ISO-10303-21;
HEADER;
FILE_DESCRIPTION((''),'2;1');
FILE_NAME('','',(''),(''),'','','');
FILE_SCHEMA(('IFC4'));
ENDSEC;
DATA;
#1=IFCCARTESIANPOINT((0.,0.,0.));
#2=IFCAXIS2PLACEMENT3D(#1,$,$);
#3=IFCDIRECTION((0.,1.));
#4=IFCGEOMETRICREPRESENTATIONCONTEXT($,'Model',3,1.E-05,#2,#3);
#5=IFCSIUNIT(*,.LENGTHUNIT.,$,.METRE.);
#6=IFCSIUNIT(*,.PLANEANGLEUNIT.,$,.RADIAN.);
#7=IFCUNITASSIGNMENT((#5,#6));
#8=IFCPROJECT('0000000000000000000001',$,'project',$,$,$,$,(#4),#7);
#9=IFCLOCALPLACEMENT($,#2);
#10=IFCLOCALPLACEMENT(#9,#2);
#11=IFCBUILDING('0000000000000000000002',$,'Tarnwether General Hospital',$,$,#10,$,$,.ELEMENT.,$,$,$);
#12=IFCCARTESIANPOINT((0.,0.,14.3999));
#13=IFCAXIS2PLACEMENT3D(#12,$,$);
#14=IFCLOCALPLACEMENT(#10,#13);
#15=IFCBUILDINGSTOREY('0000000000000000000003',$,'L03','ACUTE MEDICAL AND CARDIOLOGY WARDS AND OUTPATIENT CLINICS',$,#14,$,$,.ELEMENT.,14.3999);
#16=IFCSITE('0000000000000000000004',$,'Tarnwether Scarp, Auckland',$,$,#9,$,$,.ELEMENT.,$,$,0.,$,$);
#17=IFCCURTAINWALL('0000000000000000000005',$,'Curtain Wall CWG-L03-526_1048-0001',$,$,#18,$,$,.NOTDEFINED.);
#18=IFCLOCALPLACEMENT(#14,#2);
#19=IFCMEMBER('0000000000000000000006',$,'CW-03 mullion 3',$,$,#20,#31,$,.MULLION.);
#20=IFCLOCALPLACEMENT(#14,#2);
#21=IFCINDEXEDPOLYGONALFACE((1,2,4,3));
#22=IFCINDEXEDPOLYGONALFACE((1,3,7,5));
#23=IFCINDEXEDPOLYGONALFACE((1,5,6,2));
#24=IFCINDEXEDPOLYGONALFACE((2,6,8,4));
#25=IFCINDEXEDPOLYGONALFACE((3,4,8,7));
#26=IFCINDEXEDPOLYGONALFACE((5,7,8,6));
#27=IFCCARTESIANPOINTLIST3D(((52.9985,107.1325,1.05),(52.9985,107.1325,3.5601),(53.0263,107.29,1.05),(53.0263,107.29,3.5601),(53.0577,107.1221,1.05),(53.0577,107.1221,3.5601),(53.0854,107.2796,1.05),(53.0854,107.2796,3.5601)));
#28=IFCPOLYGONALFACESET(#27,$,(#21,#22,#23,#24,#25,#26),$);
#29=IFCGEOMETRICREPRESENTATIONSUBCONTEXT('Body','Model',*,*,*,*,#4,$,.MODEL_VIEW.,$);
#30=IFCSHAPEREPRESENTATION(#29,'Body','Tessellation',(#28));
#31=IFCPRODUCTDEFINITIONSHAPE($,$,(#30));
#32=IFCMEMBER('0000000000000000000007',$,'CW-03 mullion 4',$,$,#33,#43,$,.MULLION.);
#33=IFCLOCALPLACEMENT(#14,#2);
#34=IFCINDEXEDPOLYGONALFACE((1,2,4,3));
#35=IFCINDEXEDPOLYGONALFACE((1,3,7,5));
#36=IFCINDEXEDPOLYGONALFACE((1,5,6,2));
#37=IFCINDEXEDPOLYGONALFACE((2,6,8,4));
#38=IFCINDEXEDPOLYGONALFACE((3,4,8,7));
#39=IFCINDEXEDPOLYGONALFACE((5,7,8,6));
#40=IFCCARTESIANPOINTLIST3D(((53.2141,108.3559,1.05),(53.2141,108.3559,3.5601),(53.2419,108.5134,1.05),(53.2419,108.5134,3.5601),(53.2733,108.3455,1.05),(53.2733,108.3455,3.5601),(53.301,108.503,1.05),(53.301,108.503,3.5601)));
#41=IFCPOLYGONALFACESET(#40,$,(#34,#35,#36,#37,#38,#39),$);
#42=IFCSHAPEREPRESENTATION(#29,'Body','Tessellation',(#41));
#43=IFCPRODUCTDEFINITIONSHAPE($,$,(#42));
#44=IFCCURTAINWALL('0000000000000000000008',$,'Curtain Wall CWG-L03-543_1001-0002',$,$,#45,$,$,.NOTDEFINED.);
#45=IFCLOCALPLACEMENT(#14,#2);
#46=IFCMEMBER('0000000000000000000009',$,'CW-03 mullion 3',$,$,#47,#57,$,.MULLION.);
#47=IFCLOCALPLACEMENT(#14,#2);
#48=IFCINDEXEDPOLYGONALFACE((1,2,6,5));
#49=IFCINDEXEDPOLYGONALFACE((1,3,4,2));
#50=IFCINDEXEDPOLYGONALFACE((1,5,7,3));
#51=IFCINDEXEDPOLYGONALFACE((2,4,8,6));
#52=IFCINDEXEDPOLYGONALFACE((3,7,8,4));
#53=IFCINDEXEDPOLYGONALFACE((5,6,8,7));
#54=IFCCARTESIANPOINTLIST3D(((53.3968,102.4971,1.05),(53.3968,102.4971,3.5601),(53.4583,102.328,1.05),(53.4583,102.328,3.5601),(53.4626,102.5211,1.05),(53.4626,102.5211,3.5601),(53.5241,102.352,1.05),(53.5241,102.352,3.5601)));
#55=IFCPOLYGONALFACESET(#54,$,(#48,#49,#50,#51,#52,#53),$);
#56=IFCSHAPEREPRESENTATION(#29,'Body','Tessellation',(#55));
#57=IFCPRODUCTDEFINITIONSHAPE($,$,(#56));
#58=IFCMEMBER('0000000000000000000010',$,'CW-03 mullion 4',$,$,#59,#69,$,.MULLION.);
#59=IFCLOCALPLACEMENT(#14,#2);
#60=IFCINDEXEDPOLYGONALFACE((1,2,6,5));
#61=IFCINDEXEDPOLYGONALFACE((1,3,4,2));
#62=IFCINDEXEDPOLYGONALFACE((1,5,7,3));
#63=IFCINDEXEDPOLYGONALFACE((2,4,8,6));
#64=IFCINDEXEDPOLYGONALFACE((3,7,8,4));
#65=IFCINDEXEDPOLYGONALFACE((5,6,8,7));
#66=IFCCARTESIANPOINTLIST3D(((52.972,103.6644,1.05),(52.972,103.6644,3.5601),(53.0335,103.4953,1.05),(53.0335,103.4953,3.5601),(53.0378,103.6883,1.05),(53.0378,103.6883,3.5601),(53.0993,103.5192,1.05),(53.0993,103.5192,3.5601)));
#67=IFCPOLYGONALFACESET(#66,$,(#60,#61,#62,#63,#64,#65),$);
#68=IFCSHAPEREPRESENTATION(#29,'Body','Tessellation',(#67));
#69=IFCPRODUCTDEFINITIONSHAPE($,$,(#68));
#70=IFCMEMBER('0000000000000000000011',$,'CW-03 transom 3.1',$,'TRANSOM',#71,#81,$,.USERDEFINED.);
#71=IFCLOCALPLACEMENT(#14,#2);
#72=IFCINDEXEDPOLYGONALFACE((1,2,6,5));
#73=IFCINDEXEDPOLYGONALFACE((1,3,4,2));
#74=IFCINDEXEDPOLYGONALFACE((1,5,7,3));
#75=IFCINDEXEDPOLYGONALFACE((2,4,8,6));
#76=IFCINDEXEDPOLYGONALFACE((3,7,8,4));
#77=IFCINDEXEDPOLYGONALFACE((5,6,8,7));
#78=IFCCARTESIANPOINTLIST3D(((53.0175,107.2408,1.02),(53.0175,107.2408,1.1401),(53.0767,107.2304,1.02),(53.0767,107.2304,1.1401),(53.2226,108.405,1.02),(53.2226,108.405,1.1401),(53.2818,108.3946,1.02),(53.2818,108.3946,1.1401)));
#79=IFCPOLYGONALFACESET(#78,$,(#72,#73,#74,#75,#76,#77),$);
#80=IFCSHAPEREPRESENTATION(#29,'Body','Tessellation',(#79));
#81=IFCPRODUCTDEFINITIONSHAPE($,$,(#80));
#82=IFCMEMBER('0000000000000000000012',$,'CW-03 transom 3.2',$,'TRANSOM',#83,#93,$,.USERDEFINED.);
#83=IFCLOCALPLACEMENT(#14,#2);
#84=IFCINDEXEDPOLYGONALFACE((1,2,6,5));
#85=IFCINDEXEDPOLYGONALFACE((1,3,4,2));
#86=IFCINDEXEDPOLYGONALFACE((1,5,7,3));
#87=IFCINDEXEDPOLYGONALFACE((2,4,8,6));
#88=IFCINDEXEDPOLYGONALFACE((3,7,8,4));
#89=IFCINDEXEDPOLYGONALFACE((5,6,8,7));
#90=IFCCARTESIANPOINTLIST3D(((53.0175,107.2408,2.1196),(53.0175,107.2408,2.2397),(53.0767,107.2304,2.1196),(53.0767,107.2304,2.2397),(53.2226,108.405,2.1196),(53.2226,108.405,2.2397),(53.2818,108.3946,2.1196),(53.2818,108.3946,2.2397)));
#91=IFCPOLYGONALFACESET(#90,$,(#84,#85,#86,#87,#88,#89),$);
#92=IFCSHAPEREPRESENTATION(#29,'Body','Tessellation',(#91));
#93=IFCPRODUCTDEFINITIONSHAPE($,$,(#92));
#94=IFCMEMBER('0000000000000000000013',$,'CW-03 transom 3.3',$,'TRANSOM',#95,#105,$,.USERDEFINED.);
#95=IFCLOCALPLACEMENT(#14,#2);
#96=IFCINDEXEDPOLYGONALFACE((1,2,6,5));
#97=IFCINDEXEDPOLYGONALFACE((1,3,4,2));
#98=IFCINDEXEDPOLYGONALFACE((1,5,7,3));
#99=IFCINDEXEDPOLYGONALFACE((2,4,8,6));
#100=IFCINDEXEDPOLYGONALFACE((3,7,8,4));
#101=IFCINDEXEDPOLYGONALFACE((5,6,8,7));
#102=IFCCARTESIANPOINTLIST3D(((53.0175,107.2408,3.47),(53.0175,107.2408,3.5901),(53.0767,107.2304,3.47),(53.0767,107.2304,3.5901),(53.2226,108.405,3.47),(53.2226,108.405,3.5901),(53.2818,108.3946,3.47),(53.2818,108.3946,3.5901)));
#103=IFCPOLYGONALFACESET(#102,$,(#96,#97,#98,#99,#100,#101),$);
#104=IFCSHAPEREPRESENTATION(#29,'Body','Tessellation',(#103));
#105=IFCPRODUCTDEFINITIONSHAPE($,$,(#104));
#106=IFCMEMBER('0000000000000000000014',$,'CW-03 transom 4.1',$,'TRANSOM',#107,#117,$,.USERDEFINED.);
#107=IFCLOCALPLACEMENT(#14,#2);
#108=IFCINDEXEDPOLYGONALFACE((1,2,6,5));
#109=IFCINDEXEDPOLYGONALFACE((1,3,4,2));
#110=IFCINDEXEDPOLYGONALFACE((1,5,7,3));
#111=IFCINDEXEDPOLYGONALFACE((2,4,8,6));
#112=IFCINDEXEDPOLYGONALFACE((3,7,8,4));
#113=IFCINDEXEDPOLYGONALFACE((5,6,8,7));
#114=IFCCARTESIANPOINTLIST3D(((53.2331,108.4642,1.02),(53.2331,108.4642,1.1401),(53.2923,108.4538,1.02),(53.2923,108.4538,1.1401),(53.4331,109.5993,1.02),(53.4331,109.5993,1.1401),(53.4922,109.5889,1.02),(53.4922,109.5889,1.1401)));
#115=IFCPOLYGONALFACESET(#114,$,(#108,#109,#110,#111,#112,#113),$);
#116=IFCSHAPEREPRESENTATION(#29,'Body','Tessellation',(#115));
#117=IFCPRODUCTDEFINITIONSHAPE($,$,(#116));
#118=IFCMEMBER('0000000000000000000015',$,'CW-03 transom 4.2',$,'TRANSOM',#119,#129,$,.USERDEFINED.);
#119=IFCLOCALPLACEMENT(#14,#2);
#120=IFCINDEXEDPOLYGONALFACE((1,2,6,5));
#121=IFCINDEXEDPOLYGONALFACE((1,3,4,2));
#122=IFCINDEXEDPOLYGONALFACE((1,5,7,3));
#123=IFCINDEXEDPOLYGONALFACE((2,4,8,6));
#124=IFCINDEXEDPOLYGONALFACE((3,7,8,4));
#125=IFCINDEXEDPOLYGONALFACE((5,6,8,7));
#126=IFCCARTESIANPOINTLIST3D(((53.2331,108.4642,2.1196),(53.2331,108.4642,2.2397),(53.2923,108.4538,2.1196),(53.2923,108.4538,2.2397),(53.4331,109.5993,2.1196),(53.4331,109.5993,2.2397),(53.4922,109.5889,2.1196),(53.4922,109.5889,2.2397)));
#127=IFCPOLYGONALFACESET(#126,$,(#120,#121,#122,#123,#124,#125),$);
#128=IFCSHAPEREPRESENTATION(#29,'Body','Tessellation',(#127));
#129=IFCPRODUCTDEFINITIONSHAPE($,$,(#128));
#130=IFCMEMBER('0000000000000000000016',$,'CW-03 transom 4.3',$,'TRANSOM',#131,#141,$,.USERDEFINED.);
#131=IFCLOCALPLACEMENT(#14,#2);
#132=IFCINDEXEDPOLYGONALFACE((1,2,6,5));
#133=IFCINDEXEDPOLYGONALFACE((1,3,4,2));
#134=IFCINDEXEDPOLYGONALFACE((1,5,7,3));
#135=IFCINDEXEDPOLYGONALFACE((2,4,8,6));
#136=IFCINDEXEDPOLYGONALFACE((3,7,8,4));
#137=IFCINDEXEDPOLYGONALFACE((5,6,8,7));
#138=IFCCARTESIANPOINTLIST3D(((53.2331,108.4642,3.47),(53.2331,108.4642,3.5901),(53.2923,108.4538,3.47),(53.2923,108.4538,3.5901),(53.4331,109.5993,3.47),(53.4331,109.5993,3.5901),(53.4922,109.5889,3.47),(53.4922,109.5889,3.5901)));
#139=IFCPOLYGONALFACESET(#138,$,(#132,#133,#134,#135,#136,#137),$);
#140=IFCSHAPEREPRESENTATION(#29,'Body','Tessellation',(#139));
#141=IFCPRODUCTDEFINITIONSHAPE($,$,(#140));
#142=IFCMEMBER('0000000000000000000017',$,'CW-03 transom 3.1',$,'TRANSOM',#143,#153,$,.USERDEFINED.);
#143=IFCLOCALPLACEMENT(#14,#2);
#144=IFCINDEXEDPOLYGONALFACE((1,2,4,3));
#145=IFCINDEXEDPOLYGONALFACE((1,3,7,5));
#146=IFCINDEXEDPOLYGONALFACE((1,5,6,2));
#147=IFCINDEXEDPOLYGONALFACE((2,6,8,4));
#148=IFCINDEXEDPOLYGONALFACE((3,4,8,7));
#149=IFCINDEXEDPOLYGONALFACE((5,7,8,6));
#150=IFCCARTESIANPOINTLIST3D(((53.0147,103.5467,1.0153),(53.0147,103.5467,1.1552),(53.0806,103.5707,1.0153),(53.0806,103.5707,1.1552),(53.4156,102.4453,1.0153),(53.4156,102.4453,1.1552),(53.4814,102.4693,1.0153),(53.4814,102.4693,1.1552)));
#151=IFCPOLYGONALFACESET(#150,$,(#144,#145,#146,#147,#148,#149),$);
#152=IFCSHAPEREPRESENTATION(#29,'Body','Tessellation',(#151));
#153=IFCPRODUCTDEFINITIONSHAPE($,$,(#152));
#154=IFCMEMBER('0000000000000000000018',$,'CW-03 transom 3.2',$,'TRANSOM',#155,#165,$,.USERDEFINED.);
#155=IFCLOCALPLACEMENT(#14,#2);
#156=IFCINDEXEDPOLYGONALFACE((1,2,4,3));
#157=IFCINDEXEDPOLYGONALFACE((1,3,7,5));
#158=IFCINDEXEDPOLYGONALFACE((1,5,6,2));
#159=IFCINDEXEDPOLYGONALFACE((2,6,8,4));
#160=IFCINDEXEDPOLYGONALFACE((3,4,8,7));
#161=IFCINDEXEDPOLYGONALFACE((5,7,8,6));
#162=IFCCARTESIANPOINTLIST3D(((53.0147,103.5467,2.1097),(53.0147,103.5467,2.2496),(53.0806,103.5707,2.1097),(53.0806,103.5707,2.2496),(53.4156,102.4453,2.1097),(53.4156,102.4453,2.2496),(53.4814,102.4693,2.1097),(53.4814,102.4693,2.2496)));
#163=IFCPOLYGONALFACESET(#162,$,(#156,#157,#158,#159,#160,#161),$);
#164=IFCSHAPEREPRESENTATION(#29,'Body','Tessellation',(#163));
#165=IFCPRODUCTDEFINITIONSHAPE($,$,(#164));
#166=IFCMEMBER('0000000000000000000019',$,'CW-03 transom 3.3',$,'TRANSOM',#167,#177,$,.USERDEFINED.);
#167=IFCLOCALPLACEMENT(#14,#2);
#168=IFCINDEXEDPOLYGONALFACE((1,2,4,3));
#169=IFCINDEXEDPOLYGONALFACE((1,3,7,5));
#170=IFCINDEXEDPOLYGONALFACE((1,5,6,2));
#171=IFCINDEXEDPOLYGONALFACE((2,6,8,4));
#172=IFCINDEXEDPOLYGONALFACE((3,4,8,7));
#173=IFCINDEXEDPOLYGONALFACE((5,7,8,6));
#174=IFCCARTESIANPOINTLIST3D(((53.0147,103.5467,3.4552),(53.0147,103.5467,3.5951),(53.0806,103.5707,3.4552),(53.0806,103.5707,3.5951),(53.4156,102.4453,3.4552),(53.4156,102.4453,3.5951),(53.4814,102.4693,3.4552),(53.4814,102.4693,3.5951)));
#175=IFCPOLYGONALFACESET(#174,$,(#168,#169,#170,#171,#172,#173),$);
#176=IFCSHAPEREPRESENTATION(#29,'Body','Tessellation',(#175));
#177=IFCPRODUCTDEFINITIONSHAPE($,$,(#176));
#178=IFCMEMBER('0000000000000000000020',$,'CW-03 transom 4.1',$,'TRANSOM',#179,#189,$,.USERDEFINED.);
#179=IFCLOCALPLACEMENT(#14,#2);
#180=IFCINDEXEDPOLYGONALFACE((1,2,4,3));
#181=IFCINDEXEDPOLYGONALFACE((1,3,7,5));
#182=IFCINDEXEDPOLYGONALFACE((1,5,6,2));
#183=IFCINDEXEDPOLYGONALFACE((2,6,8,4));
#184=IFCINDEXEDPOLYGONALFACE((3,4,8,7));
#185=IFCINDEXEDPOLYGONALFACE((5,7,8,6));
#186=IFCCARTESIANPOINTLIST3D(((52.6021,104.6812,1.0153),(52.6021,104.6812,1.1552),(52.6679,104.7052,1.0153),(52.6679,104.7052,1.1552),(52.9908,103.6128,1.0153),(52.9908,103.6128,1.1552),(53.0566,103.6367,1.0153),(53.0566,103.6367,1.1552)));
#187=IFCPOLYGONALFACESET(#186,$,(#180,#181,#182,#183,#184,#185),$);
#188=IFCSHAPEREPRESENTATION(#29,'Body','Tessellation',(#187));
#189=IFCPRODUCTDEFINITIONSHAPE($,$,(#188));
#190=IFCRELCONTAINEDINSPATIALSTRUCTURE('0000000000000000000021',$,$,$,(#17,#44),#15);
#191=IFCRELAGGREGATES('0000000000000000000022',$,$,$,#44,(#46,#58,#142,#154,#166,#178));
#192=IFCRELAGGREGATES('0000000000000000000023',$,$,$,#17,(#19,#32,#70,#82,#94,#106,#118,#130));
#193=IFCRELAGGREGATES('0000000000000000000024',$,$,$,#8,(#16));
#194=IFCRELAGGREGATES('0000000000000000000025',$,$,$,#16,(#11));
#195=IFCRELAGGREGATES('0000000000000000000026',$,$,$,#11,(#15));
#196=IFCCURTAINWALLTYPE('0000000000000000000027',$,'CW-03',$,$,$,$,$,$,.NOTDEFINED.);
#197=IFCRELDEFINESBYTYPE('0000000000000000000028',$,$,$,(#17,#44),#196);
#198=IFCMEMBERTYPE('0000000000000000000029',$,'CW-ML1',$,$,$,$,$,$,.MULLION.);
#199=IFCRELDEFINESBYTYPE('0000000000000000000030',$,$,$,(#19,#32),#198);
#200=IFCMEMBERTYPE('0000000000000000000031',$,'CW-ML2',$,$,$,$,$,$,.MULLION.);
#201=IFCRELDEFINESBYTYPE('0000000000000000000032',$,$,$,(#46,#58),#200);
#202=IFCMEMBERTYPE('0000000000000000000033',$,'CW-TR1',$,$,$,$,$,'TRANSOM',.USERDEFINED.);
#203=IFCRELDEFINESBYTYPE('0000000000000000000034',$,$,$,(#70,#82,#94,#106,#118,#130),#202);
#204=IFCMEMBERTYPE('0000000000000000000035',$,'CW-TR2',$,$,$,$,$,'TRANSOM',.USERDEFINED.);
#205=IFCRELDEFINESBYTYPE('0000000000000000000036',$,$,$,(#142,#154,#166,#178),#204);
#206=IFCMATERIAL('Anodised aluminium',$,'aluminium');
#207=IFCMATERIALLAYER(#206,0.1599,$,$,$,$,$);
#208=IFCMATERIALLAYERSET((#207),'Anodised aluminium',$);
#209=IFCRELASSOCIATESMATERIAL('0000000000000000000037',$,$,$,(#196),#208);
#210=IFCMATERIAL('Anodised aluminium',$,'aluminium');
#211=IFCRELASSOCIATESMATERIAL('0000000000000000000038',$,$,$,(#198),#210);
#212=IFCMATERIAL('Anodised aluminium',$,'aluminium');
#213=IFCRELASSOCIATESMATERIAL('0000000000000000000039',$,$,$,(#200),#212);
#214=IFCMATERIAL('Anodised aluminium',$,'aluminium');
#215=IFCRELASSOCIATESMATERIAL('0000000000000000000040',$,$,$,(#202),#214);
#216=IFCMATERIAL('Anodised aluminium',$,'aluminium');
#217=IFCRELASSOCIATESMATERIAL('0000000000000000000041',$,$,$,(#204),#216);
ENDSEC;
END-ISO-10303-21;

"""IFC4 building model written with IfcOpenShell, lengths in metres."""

from ifc_helpers import new_model, si_unit, direction, frame, origin, origin_2d, place, context, subcontext, project, spatial, rectangle, extrude, material, layer, layer_set, material_profile, profile_set, type_object, element, aggregate, save


model = new_model("IFC4")

# Units and contexts
model_context = context("Model", 3, precision=1e-05, world=origin(), true_north=direction((0.0, 1.0)))
body_context = subcontext(model_context, "Body", "Model", "MODEL_VIEW")
ifc_project = project(units=[si_unit("LENGTHUNIT", "METRE"), si_unit("PLANEANGLEUNIT", "RADIAN")], contexts=[model_context])

# Site, building, storey
site_placement = place(None, origin())
site = spatial("IfcSite", under=ifc_project, at=site_placement, Name="Tarnwether Scarp, Auckland", CompositionType="ELEMENT", RefElevation=0.0)
building_placement = place(site_placement, origin())
building = spatial("IfcBuilding", under=site, at=building_placement, Name="Tarnwether General Hospital", CompositionType="ELEMENT")
storey_placement = place(building_placement, frame((0.0, 0.0, 14.3999)))
storey = spatial("IfcBuildingStorey", under=building, at=storey_placement, Name="L03", Description="ACUTE MEDICAL AND CARDIOLOGY WARDS AND OUTPATIENT CLINICS", CompositionType="ELEMENT", Elevation=14.3999)

# Curtain walls, members
ifc_material_1 = material(Name="Anodised aluminium", Category="aluminium")
ifc_layer_1 = layer(ifc_material_1, 0.1599)
ifc_layer_set_1 = layer_set([ifc_layer_1], Name="Anodised aluminium")
curtain_wall_type = type_object("IfcCurtainWallType", Name="CW-03", PredefinedType="NOTDEFINED", material=ifc_layer_set_1)
curtain_wall_1_placement = place(storey_placement, origin())
curtain_wall_1 = element("IfcCurtainWall", 1, at=curtain_wall_1_placement, inside=storey, type_object=curtain_wall_type, Name="Curtain Wall CWG-L03-526_1048-0001", PredefinedType="NOTDEFINED")
ifc_material_2 = material(Name="Anodised aluminium", Category="aluminium")
ifc_material_profile_1 = material_profile(ifc_material_2, rectangle(XDim=0.0601, YDim=0.1599, at=origin_2d()), Name="ALU-MUL-60x160")
ifc_profile_set_1 = profile_set([ifc_material_profile_1], Name="Anodised aluminium")
member_type_1 = type_object("IfcMemberType", Name="CW-ML1", PredefinedType="MULLION", material=ifc_profile_set_1)
member_1_placement = place(storey_placement, frame((53.042, 107.2061, 1.05), z_axis=(0.0, 0.0, 1.0), x_axis=(-0.98484, 0.173464, 0.0)))
member_1 = element("IfcMember", 2, at=member_1_placement, type_object=member_type_1, Name="CW-03 mullion 3", PredefinedType="MULLION", context=body_context, shape_type="SweptSolid", body=[
    extrude(rectangle(XDim=0.0601, YDim=0.1599, at=origin_2d()), origin(), (0.0, 0.0, 1.0), 2.51),
])
member_2_placement = place(storey_placement, frame((53.2576, 108.4294, 1.05), z_axis=(0.0, 0.0, 1.0), x_axis=(-0.98484, 0.173464, 0.0)))
member_2 = element("IfcMember", 3, at=member_2_placement, type_object=member_type_1, Name="CW-03 mullion 4", PredefinedType="MULLION", context=body_context, shape_type="SweptSolid", body=[
    extrude(rectangle(XDim=0.0601, YDim=0.1599, at=origin_2d()), origin(), (0.0, 0.0, 1.0), 2.51),
])
curtain_wall_2_placement = place(storey_placement, origin())
curtain_wall_2 = element("IfcCurtainWall", 4, at=curtain_wall_2_placement, inside=storey, type_object=curtain_wall_type, Name="Curtain Wall CWG-L03-543_1001-0002", PredefinedType="NOTDEFINED")
ifc_material_3 = material(Name="Anodised aluminium", Category="aluminium")
ifc_material_profile_2 = material_profile(ifc_material_3, rectangle(XDim=0.0701, YDim=0.1799, at=origin_2d()), Name="ALU-MUL-70x180")
ifc_profile_set_2 = profile_set([ifc_material_profile_2], Name="Anodised aluminium")
member_type_2 = type_object("IfcMemberType", Name="CW-ML2", PredefinedType="MULLION", material=ifc_profile_set_2)
member_3_placement = place(storey_placement, frame((53.4604, 102.4246, 1.05), z_axis=(0.0, 0.0, 1.0), x_axis=(-0.939717, -0.341953, 0.0)))
member_3 = element("IfcMember", 5, at=member_3_placement, type_object=member_type_2, Name="CW-03 mullion 3", PredefinedType="MULLION", context=body_context, shape_type="SweptSolid", body=[
    extrude(rectangle(XDim=0.0701, YDim=0.1799, at=origin_2d()), origin(), (0.0, 0.0, 1.0), 2.51),
])
member_4_placement = place(storey_placement, frame((53.0356, 103.5918, 1.05), z_axis=(0.0, 0.0, 1.0), x_axis=(-0.939717, -0.341953, 0.0)))
member_4 = element("IfcMember", 6, at=member_4_placement, type_object=member_type_2, Name="CW-03 mullion 4", PredefinedType="MULLION", context=body_context, shape_type="SweptSolid", body=[
    extrude(rectangle(XDim=0.0701, YDim=0.1799, at=origin_2d()), origin(), (0.0, 0.0, 1.0), 2.51),
])

# Members
ifc_material_4 = material(Name="Anodised aluminium", Category="aluminium")
ifc_material_profile_3 = material_profile(ifc_material_4, rectangle(XDim=0.0601, YDim=0.1201, at=origin_2d()), Name="ALU-TRN-60x120")
ifc_profile_set_3 = profile_set([ifc_material_profile_3], Name="Anodised aluminium")
member_type_3 = type_object("IfcMemberType", Name="CW-TR1", ElementType="TRANSOM", PredefinedType="USERDEFINED", material=ifc_profile_set_3)
member_5_placement = place(storey_placement, frame((53.0471, 107.2356, 1.0801), z_axis=(0.173467, 0.98484, 0.0), x_axis=(-0.98484, 0.173467, 0.0)))
member_5 = element("IfcMember", 7, at=member_5_placement, type_object=member_type_3, Name="CW-03 transom 3.1", ObjectType="TRANSOM", PredefinedType="USERDEFINED", context=body_context, shape_type="SweptSolid", body=[
    extrude(rectangle(XDim=0.0601, YDim=0.1201, at=origin_2d()), origin(), (0.0, 0.0, 1.0), 1.1821),
])
member_6_placement = place(storey_placement, frame((53.0471, 107.2356, 2.1797), z_axis=(0.173467, 0.98484, 0.0), x_axis=(-0.98484, 0.173467, 0.0)))
member_6 = element("IfcMember", 8, at=member_6_placement, type_object=member_type_3, Name="CW-03 transom 3.2", ObjectType="TRANSOM", PredefinedType="USERDEFINED", context=body_context, shape_type="SweptSolid", body=[
    extrude(rectangle(XDim=0.0601, YDim=0.1201, at=origin_2d()), origin(), (0.0, 0.0, 1.0), 1.1821),
])
member_7_placement = place(storey_placement, frame((53.0471, 107.2356, 3.53), z_axis=(0.173467, 0.98484, 0.0), x_axis=(-0.98484, 0.173467, 0.0)))
member_7 = element("IfcMember", 9, at=member_7_placement, type_object=member_type_3, Name="CW-03 transom 3.3", ObjectType="TRANSOM", PredefinedType="USERDEFINED", context=body_context, shape_type="SweptSolid", body=[
    extrude(rectangle(XDim=0.0601, YDim=0.1201, at=origin_2d()), origin(), (0.0, 0.0, 1.0), 1.1821),
])
member_8_placement = place(storey_placement, frame((53.2627, 108.459, 1.0801), z_axis=(0.173495, 0.984835, 0.0), x_axis=(-0.984835, 0.173495, 0.0)))
member_8 = element("IfcMember", 10, at=member_8_placement, type_object=member_type_3, Name="CW-03 transom 4.1", ObjectType="TRANSOM", PredefinedType="USERDEFINED", context=body_context, shape_type="SweptSolid", body=[
    extrude(rectangle(XDim=0.0601, YDim=0.1201, at=origin_2d()), origin(), (0.0, 0.0, 1.0), 1.1526),
])
member_9_placement = place(storey_placement, frame((53.2627, 108.459, 2.1797), z_axis=(0.173495, 0.984835, 0.0), x_axis=(-0.984835, 0.173495, 0.0)))
member_9 = element("IfcMember", 11, at=member_9_placement, type_object=member_type_3, Name="CW-03 transom 4.2", ObjectType="TRANSOM", PredefinedType="USERDEFINED", context=body_context, shape_type="SweptSolid", body=[
    extrude(rectangle(XDim=0.0601, YDim=0.1201, at=origin_2d()), origin(), (0.0, 0.0, 1.0), 1.1526),
])
member_10_placement = place(storey_placement, frame((53.2627, 108.459, 3.53), z_axis=(0.173495, 0.984835, 0.0), x_axis=(-0.984835, 0.173495, 0.0)))
member_10 = element("IfcMember", 12, at=member_10_placement, type_object=member_type_3, Name="CW-03 transom 4.3", ObjectType="TRANSOM", PredefinedType="USERDEFINED", context=body_context, shape_type="SweptSolid", body=[
    extrude(rectangle(XDim=0.0601, YDim=0.1201, at=origin_2d()), origin(), (0.0, 0.0, 1.0), 1.1526),
])
ifc_material_5 = material(Name="Anodised aluminium", Category="aluminium")
ifc_material_profile_4 = material_profile(ifc_material_5, rectangle(XDim=0.0701, YDim=0.1399, at=origin_2d()), Name="ALU-TRN-70x140")
ifc_profile_set_4 = profile_set([ifc_material_profile_4], Name="Anodised aluminium")
member_type_4 = type_object("IfcMemberType", Name="CW-TR2", ElementType="TRANSOM", PredefinedType="USERDEFINED", material=ifc_profile_set_4)
member_11_placement = place(storey_placement, frame((53.4485, 102.4573, 1.0852), z_axis=(-0.341977, 0.939708, 0.0), x_axis=(-0.939708, -0.341977, 0.0)))
member_11 = element("IfcMember", 13, at=member_11_placement, type_object=member_type_4, Name="CW-03 transom 3.1", ObjectType="TRANSOM", PredefinedType="USERDEFINED", context=body_context, shape_type="SweptSolid", body=[
    extrude(rectangle(XDim=0.0701, YDim=0.1399, at=origin_2d()), origin(), (0.0, 0.0, 1.0), 1.1721),
])
member_12_placement = place(storey_placement, frame((53.4485, 102.4573, 2.1797), z_axis=(-0.341977, 0.939708, 0.0), x_axis=(-0.939708, -0.341977, 0.0)))
member_12 = element("IfcMember", 14, at=member_12_placement, type_object=member_type_4, Name="CW-03 transom 3.2", ObjectType="TRANSOM", PredefinedType="USERDEFINED", context=body_context, shape_type="SweptSolid", body=[
    extrude(rectangle(XDim=0.0701, YDim=0.1399, at=origin_2d()), origin(), (0.0, 0.0, 1.0), 1.1721),
])
member_13_placement = place(storey_placement, frame((53.4485, 102.4573, 3.5251), z_axis=(-0.341977, 0.939708, 0.0), x_axis=(-0.939708, -0.341977, 0.0)))
member_13 = element("IfcMember", 15, at=member_13_placement, type_object=member_type_4, Name="CW-03 transom 3.3", ObjectType="TRANSOM", PredefinedType="USERDEFINED", context=body_context, shape_type="SweptSolid", body=[
    extrude(rectangle(XDim=0.0701, YDim=0.1399, at=origin_2d()), origin(), (0.0, 0.0, 1.0), 1.1721),
])
member_14_placement = place(storey_placement, frame((53.0237, 103.6248, 1.0852), z_axis=(-0.341881, 0.939743, 0.0), x_axis=(-0.939743, -0.341881, 0.0)))
member_14 = element("IfcMember", 16, at=member_14_placement, type_object=member_type_4, Name="CW-03 transom 4.1", ObjectType="TRANSOM", PredefinedType="USERDEFINED", context=body_context, shape_type="SweptSolid", body=[
    extrude(rectangle(XDim=0.0701, YDim=0.1399, at=origin_2d()), origin(), (0.0, 0.0, 1.0), 1.137),
])

aggregate(curtain_wall_2, [member_3, member_4, member_11, member_12, member_13, member_14])
aggregate(curtain_wall_1, [member_1, member_2, member_5, member_6, member_7, member_8, member_9, member_10])

save(model, "model.ifc")
